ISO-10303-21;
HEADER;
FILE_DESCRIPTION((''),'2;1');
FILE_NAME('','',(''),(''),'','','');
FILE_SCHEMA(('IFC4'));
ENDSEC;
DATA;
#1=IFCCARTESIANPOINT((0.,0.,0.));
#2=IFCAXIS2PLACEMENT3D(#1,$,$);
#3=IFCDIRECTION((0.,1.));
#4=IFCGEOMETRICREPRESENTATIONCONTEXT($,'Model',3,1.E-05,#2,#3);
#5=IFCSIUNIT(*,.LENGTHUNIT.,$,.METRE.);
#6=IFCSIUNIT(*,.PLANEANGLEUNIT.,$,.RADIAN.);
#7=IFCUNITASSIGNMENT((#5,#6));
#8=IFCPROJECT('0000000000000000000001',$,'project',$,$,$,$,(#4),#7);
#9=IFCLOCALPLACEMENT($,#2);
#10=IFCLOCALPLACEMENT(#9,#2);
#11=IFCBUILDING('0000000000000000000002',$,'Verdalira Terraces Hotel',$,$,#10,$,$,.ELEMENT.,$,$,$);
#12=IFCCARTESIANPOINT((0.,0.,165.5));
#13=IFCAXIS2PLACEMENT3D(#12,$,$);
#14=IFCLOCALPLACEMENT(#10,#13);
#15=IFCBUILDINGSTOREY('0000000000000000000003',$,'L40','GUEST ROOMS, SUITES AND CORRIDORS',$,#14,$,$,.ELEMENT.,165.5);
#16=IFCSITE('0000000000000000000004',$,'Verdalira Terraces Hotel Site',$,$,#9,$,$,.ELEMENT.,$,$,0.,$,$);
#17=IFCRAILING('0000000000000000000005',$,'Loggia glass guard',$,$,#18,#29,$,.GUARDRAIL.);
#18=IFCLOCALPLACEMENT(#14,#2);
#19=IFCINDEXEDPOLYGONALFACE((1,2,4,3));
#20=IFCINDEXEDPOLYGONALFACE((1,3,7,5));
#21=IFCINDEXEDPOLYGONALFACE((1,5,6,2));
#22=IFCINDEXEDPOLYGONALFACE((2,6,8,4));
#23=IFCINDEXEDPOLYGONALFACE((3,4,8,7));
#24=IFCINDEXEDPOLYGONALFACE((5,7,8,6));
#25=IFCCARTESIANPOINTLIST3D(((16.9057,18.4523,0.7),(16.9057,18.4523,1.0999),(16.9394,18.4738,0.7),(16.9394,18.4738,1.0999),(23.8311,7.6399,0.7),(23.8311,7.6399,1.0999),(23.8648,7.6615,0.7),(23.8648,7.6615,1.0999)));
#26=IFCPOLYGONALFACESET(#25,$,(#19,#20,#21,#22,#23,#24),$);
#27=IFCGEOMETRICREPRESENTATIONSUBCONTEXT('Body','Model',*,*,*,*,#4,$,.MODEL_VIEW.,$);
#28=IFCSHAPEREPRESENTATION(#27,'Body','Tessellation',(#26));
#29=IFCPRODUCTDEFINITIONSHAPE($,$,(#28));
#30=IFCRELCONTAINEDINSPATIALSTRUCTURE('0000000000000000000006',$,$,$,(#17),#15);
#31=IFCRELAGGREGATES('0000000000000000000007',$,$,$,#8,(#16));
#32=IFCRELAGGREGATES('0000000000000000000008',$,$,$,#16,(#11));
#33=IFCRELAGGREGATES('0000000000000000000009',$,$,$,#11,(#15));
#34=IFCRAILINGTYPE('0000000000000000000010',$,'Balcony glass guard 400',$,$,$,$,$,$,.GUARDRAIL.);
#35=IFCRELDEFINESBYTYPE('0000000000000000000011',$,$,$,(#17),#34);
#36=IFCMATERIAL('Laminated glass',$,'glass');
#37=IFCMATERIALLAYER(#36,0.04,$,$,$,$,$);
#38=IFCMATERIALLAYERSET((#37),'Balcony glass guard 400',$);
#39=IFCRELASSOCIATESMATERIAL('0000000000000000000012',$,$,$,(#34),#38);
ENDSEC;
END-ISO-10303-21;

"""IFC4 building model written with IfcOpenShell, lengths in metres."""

from ifc_helpers import new_model, si_unit, direction, frame, origin, origin_2d, place, context, subcontext, project, spatial, rectangle, extrude, material, layer, layer_set, type_object, element, save


model = new_model("IFC4")

# Units and contexts
model_context = context("Model", 3, precision=1e-05, world=origin(), true_north=direction((0.0, 1.0)))
body_context = subcontext(model_context, "Body", "Model", "MODEL_VIEW")
ifc_project = project(units=[si_unit("LENGTHUNIT", "METRE"), si_unit("PLANEANGLEUNIT", "RADIAN")], contexts=[model_context])

# Site, building, storey
site_placement = place(None, origin())
site = spatial("IfcSite", under=ifc_project, at=site_placement, Name="Verdalira Terraces Hotel Site", CompositionType="ELEMENT", RefElevation=0.0)
building_placement = place(site_placement, origin())
building = spatial("IfcBuilding", under=site, at=building_placement, Name="Verdalira Terraces Hotel", CompositionType="ELEMENT")
storey_placement = place(building_placement, frame((0.0, 0.0, 165.5)))
storey = spatial("IfcBuildingStorey", under=building, at=storey_placement, Name="L40", Description="GUEST ROOMS, SUITES AND CORRIDORS", CompositionType="ELEMENT", Elevation=165.5)

# Railing
ifc_material_1 = material(Name="Laminated glass", Category="glass")
ifc_layer_1 = layer(ifc_material_1, 0.04)
ifc_layer_set_1 = layer_set([ifc_layer_1], Name="Balcony glass guard 400")
railing_type = type_object("IfcRailingType", Name="Balcony glass guard 400", PredefinedType="GUARDRAIL", material=ifc_layer_set_1)
railing_placement = place(storey_placement, frame((20.3853, 13.0569, 0.7), z_axis=(0.0, 0.0, 1.0), x_axis=(-0.539359, 0.842076, 0.0)))
element("IfcRailing", 1, at=railing_placement, inside=storey, type_object=railing_type, Name="Loggia glass guard", PredefinedType="GUARDRAIL", context=body_context, shape_type="SweptSolid", body=[
    extrude(rectangle(XDim=12.8401, YDim=0.04, at=origin_2d()), origin(), (0.0, 0.0, 1.0), 0.3999),
])

save(model, "model.ifc")
